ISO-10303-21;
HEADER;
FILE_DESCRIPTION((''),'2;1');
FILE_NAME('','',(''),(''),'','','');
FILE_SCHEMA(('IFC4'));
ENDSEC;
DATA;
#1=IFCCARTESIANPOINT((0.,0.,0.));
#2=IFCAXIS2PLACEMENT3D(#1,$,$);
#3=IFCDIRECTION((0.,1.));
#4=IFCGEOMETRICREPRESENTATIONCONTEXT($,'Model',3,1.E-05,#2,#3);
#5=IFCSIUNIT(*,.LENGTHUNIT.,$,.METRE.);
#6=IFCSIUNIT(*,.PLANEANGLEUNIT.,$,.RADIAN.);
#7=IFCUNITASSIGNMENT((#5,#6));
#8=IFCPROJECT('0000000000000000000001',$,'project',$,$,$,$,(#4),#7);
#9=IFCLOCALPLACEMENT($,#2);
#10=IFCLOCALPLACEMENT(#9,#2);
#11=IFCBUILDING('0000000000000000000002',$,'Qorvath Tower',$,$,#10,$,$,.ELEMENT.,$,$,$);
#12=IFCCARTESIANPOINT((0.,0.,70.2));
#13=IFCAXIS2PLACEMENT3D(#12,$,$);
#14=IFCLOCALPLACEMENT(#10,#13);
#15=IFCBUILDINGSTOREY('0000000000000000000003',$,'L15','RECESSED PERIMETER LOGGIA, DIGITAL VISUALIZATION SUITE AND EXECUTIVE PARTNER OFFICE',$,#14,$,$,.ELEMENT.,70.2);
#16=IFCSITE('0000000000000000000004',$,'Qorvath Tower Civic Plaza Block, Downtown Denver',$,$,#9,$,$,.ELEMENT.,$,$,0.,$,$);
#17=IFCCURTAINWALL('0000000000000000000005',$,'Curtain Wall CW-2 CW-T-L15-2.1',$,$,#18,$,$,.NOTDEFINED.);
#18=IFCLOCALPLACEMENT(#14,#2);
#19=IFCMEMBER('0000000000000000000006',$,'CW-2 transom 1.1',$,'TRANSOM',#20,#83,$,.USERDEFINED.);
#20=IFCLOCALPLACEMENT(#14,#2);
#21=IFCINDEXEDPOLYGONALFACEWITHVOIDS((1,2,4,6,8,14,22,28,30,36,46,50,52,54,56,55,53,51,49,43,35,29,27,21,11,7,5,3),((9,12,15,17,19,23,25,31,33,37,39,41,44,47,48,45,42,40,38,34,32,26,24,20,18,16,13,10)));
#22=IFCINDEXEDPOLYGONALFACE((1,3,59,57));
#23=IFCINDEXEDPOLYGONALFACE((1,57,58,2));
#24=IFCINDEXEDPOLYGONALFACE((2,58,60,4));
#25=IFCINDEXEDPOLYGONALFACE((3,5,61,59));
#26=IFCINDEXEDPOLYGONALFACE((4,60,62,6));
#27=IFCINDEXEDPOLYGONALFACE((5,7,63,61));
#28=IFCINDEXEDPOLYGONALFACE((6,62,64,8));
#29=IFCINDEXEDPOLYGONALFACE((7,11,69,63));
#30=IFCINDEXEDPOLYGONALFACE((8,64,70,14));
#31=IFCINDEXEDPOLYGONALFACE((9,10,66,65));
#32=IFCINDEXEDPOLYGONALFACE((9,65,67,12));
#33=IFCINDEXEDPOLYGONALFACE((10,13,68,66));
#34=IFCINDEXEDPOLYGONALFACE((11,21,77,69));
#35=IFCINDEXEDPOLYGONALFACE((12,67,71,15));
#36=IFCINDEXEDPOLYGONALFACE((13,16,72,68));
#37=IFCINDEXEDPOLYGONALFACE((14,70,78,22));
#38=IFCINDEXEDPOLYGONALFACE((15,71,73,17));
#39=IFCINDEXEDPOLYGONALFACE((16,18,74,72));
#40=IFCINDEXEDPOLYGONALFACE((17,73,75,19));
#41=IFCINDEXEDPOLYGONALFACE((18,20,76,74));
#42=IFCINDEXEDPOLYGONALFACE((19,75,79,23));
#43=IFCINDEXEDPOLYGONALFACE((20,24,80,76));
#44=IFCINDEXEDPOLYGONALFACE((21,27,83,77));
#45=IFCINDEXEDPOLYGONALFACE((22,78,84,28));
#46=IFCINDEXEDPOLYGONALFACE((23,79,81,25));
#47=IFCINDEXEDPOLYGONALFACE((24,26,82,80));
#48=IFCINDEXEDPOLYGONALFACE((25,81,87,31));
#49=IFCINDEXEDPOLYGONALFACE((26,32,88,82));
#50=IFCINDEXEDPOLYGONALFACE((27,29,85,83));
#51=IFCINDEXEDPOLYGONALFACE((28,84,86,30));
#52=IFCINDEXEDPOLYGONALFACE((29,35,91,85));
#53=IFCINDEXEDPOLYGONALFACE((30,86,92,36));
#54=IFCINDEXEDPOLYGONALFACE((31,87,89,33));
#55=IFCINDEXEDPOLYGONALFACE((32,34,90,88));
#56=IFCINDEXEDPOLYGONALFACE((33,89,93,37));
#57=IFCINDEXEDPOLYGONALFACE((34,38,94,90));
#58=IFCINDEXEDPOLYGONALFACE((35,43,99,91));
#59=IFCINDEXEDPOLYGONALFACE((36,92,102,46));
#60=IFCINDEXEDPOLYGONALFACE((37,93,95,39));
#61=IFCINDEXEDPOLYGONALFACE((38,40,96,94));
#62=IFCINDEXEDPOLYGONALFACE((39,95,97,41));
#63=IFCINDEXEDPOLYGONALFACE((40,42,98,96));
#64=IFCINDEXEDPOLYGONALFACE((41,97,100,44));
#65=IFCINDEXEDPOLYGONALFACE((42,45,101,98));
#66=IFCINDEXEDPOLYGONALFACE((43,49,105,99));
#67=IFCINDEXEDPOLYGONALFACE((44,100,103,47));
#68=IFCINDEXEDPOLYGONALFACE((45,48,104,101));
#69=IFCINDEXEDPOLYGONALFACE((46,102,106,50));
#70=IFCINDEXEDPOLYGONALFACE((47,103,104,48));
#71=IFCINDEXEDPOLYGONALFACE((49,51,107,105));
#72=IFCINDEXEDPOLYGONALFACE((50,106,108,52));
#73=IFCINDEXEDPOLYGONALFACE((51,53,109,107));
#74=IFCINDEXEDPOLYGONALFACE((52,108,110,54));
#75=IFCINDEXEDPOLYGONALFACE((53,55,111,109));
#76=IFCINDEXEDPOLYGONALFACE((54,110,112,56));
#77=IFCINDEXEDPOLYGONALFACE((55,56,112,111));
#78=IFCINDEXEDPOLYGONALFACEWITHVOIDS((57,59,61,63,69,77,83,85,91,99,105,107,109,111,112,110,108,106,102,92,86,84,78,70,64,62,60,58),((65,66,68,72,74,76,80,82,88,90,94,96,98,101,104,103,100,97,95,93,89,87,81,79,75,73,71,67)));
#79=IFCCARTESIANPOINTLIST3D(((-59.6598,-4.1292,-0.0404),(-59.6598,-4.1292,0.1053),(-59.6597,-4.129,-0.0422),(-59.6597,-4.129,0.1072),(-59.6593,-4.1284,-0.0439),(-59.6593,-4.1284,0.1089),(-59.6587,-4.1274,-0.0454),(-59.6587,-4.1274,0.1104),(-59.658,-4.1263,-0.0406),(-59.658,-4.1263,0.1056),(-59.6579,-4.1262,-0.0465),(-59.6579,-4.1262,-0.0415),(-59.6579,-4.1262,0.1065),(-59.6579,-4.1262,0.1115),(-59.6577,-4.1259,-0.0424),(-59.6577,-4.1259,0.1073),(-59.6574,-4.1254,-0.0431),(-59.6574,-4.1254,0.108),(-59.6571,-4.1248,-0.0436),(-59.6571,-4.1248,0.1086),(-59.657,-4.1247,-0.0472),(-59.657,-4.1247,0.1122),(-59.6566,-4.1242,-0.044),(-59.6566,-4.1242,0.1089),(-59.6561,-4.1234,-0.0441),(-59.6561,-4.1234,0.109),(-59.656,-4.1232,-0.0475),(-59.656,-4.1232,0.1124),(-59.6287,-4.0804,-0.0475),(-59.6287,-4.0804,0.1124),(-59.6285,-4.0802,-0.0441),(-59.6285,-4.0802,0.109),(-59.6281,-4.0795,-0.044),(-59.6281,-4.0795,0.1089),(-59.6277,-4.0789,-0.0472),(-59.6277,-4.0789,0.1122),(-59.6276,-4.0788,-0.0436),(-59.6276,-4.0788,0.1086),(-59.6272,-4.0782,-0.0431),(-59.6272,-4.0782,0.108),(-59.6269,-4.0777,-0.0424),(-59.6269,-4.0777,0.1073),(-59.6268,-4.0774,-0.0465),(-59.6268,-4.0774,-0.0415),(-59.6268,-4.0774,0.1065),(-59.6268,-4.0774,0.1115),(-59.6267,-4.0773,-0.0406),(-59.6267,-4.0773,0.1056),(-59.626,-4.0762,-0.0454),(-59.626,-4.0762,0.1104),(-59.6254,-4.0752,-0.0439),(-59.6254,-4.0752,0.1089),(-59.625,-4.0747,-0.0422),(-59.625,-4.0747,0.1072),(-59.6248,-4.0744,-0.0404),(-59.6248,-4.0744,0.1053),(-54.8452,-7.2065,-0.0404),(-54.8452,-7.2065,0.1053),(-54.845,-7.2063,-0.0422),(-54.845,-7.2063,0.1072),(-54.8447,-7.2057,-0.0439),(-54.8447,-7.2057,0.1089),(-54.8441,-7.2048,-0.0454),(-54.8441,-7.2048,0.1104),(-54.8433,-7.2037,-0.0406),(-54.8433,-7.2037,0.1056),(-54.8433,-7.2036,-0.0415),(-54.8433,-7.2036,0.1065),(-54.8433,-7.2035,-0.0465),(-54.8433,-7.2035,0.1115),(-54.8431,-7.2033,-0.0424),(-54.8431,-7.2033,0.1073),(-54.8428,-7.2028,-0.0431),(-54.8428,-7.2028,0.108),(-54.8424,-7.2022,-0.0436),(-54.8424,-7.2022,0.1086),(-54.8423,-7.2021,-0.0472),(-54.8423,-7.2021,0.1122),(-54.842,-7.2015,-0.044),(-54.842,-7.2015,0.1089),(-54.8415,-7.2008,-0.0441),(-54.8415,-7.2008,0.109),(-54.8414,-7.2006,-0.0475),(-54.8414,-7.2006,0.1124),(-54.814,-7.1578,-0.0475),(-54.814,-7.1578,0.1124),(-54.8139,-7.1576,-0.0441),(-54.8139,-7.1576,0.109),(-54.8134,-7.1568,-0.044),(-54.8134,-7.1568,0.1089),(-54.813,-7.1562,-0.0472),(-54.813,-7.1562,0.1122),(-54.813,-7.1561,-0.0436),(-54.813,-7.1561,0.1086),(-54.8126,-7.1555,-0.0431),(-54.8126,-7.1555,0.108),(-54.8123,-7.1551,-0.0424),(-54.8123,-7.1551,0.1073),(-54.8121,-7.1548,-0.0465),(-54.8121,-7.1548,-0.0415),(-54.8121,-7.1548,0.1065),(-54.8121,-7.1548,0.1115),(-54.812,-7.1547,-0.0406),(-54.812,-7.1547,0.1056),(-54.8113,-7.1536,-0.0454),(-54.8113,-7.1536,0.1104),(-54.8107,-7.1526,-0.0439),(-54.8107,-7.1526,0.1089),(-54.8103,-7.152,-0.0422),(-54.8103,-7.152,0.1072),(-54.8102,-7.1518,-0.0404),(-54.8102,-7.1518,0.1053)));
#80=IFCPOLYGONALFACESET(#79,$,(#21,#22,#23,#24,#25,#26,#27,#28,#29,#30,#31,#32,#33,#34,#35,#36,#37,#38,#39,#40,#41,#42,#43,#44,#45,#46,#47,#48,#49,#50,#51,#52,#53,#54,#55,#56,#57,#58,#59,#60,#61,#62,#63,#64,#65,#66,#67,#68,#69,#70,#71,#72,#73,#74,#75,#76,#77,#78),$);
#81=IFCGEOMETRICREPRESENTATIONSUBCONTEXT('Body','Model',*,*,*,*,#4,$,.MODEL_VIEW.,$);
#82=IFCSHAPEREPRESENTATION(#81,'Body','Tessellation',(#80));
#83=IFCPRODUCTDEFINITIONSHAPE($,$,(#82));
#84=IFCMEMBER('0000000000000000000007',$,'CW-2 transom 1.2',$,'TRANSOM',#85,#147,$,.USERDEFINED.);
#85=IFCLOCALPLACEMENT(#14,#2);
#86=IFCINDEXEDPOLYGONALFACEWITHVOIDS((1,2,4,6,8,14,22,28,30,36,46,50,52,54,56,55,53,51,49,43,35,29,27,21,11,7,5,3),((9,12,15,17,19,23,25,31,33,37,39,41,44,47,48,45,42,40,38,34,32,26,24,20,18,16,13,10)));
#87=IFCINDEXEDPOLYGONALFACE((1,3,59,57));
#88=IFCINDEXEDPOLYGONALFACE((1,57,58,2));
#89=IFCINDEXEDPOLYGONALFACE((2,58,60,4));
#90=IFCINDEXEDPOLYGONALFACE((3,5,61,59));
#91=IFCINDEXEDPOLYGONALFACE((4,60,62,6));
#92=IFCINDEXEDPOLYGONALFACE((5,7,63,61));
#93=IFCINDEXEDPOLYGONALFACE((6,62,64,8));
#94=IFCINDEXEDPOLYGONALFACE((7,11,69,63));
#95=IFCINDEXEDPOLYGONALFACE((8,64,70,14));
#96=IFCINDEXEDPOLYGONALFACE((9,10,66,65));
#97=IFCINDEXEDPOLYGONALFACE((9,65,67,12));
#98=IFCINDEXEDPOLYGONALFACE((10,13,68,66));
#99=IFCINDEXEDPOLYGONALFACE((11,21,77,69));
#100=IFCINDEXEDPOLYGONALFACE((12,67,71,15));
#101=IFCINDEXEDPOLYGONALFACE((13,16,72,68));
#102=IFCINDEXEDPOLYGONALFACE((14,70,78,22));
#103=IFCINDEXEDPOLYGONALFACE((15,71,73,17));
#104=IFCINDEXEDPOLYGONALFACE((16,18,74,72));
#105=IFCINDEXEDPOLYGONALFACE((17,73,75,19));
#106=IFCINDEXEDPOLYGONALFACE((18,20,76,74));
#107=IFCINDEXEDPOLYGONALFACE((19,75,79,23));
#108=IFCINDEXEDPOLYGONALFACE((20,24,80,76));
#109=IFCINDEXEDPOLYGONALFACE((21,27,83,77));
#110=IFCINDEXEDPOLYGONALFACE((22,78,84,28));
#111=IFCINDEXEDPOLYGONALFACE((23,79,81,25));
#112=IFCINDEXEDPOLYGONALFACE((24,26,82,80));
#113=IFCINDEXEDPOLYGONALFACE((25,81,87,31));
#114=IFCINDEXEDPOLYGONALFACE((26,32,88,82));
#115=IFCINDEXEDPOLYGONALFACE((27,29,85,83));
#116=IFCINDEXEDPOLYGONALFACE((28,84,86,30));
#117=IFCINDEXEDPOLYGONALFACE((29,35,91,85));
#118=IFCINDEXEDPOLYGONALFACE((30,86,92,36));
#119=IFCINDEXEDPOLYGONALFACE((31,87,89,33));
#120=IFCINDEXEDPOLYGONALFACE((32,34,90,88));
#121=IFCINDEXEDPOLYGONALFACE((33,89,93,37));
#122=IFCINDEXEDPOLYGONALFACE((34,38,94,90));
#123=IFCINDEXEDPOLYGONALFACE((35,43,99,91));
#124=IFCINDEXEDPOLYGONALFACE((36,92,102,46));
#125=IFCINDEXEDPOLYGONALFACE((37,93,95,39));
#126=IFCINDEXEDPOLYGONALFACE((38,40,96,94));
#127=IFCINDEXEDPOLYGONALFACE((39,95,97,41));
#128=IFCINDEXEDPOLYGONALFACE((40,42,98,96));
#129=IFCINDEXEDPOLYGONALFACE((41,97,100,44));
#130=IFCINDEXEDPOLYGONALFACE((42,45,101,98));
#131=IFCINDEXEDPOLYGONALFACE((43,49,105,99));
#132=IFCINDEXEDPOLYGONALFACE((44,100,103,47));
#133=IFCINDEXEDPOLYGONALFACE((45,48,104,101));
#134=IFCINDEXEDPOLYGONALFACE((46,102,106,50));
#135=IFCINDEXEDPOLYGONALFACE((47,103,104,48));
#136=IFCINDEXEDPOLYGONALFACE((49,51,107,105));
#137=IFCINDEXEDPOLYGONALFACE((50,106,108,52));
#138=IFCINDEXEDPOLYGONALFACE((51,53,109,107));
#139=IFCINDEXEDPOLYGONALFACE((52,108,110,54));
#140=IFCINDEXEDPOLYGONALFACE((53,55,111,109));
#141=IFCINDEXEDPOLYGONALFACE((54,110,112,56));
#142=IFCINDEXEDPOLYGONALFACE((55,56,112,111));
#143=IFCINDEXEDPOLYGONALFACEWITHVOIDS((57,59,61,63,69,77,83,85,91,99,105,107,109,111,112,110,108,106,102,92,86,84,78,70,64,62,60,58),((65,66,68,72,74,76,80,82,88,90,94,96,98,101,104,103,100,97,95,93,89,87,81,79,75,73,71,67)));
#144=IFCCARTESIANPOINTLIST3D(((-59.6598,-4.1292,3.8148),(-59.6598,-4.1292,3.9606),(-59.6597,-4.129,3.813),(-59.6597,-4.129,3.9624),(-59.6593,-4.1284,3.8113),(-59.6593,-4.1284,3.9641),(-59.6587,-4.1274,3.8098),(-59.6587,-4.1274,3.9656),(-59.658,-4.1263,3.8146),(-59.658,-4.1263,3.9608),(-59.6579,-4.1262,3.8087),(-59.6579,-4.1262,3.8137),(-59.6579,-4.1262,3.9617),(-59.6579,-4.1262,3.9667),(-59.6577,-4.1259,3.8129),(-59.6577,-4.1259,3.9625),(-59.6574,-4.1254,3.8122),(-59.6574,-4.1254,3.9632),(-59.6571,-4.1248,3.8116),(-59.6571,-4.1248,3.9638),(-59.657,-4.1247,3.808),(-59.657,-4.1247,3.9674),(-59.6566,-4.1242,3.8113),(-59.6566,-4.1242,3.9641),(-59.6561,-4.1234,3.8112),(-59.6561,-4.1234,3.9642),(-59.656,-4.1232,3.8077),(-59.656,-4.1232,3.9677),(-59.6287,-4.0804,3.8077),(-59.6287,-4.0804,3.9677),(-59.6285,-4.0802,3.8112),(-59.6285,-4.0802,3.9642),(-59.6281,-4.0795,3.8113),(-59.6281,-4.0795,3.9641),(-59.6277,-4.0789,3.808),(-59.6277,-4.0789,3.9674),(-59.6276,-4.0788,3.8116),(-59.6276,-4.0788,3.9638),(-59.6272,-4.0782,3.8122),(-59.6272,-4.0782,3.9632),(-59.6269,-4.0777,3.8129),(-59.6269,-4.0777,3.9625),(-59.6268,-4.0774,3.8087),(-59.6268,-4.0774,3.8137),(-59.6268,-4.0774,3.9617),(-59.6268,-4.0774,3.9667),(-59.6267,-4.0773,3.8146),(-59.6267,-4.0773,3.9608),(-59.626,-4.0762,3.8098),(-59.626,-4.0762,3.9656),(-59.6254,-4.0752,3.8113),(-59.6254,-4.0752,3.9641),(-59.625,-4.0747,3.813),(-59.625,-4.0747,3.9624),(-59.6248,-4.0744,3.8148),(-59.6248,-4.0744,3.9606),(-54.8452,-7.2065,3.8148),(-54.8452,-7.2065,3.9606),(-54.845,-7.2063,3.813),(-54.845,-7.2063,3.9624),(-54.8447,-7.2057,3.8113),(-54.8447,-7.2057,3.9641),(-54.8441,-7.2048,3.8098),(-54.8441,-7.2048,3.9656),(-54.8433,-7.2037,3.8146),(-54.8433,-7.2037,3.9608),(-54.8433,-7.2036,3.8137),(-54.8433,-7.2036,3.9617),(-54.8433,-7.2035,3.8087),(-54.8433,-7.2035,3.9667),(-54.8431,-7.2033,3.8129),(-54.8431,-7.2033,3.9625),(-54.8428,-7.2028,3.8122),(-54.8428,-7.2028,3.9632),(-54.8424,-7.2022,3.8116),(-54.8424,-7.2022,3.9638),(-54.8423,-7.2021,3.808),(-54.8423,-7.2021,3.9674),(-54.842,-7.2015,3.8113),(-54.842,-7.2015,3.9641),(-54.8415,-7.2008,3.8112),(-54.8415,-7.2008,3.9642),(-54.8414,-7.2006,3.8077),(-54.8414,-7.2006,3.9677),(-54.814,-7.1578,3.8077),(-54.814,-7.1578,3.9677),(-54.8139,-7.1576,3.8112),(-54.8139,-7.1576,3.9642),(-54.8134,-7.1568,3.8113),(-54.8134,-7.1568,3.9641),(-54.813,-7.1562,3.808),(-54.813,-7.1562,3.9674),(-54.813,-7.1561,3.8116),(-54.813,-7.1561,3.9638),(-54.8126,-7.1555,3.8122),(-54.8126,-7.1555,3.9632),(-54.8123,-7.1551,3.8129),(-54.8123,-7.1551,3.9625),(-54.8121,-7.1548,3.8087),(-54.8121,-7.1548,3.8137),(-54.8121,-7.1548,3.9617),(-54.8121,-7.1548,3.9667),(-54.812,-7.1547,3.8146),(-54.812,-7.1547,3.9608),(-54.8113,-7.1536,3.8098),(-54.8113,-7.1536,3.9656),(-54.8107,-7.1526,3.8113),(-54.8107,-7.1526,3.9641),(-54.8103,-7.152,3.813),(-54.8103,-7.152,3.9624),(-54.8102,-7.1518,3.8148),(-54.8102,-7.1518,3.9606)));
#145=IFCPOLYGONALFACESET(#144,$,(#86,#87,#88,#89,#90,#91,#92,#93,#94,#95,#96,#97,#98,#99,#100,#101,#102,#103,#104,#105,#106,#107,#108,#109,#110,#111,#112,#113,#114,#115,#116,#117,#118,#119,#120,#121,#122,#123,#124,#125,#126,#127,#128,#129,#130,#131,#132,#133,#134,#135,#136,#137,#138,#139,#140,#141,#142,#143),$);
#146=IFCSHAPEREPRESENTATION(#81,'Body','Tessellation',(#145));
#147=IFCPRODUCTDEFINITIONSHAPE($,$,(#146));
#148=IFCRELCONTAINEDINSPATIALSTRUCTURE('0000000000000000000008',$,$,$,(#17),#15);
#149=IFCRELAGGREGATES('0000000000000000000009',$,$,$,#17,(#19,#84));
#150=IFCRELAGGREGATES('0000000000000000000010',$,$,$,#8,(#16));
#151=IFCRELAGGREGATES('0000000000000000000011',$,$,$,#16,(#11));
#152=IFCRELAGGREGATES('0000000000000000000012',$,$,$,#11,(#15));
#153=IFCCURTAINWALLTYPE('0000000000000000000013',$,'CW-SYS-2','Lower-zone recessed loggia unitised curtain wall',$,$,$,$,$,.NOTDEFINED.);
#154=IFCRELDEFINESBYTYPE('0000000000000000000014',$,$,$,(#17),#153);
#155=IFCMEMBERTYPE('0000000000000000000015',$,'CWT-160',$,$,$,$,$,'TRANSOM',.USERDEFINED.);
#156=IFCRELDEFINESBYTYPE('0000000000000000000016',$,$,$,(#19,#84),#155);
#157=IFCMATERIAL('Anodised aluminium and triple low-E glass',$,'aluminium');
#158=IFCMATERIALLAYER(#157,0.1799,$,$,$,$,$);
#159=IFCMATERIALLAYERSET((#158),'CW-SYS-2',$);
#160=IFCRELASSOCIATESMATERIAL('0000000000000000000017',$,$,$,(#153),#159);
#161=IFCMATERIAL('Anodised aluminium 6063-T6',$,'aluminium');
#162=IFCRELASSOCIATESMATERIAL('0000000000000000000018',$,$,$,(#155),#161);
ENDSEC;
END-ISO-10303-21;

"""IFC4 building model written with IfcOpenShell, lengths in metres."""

from ifc_helpers import new_model, si_unit, direction, frame, origin, origin_2d, place, context, subcontext, project, spatial, hollow_rectangle, extrude, material, layer, layer_set, material_profile, profile_set, type_object, element, aggregate, save


model = new_model("IFC4")

# Units and contexts
model_context = context("Model", 3, precision=1e-05, world=origin(), true_north=direction((0.0, 1.0)))
body_context = subcontext(model_context, "Body", "Model", "MODEL_VIEW")
ifc_project = project(units=[si_unit("LENGTHUNIT", "METRE"), si_unit("PLANEANGLEUNIT", "RADIAN")], contexts=[model_context])

# Site, building, storey
site_placement = place(None, origin())
site = spatial("IfcSite", under=ifc_project, at=site_placement, Name="Qorvath Tower Civic Plaza Block, Downtown Denver", CompositionType="ELEMENT", RefElevation=0.0)
building_placement = place(site_placement, origin())
building = spatial("IfcBuilding", under=site, at=building_placement, Name="Qorvath Tower", CompositionType="ELEMENT")
storey_placement = place(building_placement, frame((0.0, 0.0, 70.2)))
storey = spatial("IfcBuildingStorey", under=building, at=storey_placement, Name="L15", Description="RECESSED PERIMETER LOGGIA, DIGITAL VISUALIZATION SUITE AND EXECUTIVE PARTNER OFFICE", CompositionType="ELEMENT", Elevation=70.2)

# Curtain wall, members
ifc_material_1 = material(Name="Anodised aluminium and triple low-E glass", Category="aluminium")
ifc_layer_1 = layer(ifc_material_1, 0.1799)
ifc_layer_set_1 = layer_set([ifc_layer_1], Name="CW-SYS-2")
curtain_wall_type = type_object("IfcCurtainWallType", Name="CW-SYS-2", Description="Lower-zone recessed loggia unitised curtain wall", PredefinedType="NOTDEFINED", material=ifc_layer_set_1)
curtain_wall_placement = place(storey_placement, origin())
curtain_wall = element("IfcCurtainWall", 1, at=curtain_wall_placement, inside=storey, type_object=curtain_wall_type, Name="Curtain Wall CW-2 CW-T-L15-2.1", PredefinedType="NOTDEFINED")
ifc_material_2 = material(Name="Anodised aluminium 6063-T6", Category="aluminium")
ifc_material_profile_1 = material_profile(ifc_material_2, hollow_rectangle(XDim=0.0649, YDim=0.1599, WallThickness=0.0034, InnerFilletRadius=0.0034, OuterFilletRadius=0.0071, at=origin_2d()), Name="CWT 160x65")
ifc_profile_set_1 = profile_set([ifc_material_profile_1], Name="Anodised aluminium 6063-T6")
member_type_1 = type_object("IfcMemberType", Name="CWT-160", ElementType="TRANSOM", PredefinedType="USERDEFINED", material=ifc_profile_set_1)
member_1_placement = place(storey_placement, frame((-59.6423, -4.1018, 0.0325), z_axis=(0.84259, -0.538555, 0.0), x_axis=(0.538555, 0.84259, 0.0)))
member_1 = element("IfcMember", 2, at=member_1_placement, type_object=member_type_1, Name="CW-2 transom 1.1", ObjectType="TRANSOM", PredefinedType="USERDEFINED", context=body_context, shape_type="SweptSolid", body=[
    extrude(hollow_rectangle(XDim=0.0649, YDim=0.1599, WallThickness=0.0034, InnerFilletRadius=0.0034, OuterFilletRadius=0.0071, at=origin_2d()), origin(), (0.0, 0.0, 1.0), 5.7141),
])
member_2_placement = place(storey_placement, frame((-59.6423, -4.1018, 3.8877), z_axis=(0.84259, -0.538555, 0.0), x_axis=(0.538555, 0.84259, 0.0)))
member_2 = element("IfcMember", 3, at=member_2_placement, type_object=member_type_1, Name="CW-2 transom 1.2", ObjectType="TRANSOM", PredefinedType="USERDEFINED", context=body_context, shape_type="SweptSolid", body=[
    extrude(hollow_rectangle(XDim=0.0649, YDim=0.1599, WallThickness=0.0034, InnerFilletRadius=0.0034, OuterFilletRadius=0.0071, at=origin_2d()), origin(), (0.0, 0.0, 1.0), 5.7141),
])
aggregate(curtain_wall, [member_1, member_2])

save(model, "model.ifc")
